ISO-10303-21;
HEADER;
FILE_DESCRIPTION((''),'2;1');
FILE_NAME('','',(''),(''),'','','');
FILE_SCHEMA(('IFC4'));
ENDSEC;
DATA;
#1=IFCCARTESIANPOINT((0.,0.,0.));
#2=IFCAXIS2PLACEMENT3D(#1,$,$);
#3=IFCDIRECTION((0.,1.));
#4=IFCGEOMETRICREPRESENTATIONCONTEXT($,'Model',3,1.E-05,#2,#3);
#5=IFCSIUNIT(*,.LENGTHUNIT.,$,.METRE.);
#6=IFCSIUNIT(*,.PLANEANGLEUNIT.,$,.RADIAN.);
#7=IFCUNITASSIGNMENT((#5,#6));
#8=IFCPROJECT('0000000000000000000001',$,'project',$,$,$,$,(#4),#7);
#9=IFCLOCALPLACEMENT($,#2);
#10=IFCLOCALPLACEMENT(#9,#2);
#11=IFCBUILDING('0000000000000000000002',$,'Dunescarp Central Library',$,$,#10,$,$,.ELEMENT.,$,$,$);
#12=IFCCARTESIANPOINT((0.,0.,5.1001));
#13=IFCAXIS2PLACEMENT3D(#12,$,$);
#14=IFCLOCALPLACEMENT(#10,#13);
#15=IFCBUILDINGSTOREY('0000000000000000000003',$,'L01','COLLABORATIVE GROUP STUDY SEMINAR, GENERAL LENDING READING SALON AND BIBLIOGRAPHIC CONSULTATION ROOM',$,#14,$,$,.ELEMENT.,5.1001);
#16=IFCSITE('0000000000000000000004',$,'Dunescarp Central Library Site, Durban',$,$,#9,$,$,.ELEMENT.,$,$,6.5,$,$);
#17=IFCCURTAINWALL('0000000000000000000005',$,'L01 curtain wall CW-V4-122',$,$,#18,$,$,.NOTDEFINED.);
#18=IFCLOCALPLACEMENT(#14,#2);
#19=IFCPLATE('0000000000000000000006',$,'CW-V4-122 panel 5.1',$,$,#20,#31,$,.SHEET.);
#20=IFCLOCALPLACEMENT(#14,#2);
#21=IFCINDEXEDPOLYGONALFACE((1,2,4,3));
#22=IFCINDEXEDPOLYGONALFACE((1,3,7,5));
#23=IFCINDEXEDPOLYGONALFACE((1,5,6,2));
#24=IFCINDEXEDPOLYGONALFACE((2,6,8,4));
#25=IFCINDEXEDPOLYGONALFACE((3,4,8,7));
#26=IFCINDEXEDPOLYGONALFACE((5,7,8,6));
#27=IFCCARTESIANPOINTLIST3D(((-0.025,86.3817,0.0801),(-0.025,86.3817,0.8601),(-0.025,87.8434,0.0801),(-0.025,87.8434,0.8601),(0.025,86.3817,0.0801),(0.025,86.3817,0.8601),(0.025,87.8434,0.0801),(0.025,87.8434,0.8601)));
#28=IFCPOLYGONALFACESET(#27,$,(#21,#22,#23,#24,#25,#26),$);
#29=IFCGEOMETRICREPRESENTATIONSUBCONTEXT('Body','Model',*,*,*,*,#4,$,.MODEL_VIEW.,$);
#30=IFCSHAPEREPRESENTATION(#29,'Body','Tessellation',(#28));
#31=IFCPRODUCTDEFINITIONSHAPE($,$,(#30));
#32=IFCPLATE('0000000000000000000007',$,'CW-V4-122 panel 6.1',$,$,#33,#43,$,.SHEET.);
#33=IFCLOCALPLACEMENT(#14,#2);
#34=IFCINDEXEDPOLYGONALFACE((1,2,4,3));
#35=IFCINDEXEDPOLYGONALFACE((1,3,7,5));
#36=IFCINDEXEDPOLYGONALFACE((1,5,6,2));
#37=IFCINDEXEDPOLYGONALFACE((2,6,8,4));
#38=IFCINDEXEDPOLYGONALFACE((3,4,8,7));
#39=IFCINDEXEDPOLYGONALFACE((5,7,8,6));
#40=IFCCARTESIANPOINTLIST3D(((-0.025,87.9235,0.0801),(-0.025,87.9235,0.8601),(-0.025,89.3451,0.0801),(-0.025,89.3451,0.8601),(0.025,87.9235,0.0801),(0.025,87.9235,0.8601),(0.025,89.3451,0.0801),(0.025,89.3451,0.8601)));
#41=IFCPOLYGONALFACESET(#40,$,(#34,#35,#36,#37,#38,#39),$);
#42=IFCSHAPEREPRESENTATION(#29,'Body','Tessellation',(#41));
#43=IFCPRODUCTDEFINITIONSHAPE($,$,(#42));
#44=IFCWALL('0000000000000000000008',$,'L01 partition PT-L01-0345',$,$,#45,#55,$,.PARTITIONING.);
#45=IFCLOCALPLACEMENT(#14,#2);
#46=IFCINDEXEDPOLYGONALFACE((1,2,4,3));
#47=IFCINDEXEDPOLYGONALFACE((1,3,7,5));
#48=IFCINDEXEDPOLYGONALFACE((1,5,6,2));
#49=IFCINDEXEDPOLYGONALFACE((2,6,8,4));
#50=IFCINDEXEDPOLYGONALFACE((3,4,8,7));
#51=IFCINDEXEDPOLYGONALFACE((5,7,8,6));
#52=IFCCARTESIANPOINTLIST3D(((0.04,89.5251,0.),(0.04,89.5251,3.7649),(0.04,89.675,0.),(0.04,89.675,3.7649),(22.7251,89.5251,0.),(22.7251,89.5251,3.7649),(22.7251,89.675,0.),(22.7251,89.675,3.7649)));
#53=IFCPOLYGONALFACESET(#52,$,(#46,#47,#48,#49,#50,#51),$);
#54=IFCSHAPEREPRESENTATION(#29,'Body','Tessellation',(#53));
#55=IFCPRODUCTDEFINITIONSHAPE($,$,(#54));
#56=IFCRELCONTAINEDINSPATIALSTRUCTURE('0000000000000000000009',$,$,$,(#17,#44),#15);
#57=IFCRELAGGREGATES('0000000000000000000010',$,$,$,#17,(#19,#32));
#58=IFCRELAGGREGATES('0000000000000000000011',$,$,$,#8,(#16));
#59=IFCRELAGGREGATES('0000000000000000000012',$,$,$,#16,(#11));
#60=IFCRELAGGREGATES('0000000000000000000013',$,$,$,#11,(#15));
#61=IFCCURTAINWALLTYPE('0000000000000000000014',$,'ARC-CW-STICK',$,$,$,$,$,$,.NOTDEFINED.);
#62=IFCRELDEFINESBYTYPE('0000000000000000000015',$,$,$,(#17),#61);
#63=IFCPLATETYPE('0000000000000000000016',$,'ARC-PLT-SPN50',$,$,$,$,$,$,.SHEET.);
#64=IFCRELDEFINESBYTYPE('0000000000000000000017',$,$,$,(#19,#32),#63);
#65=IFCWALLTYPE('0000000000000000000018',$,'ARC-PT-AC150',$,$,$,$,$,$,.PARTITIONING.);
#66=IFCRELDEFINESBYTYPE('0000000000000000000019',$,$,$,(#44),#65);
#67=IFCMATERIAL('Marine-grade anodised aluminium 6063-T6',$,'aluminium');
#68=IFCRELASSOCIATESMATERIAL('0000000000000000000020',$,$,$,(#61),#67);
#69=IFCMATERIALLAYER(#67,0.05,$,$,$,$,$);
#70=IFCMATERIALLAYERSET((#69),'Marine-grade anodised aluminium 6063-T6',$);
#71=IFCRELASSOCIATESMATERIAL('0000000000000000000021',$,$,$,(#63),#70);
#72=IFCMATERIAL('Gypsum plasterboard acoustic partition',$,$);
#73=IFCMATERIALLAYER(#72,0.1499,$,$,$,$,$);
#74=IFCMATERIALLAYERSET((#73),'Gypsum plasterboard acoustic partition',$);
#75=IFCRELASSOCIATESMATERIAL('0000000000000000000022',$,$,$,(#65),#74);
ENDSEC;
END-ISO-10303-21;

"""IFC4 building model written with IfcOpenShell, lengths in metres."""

from ifc_helpers import new_model, si_unit, direction, frame, frame_2d, origin, origin_2d, place, context, subcontext, project, spatial, rectangle, extrude, material, layer, layer_set, type_object, element, aggregate, save


model = new_model("IFC4")

# Units and contexts
model_context = context("Model", 3, precision=1e-05, world=origin(), true_north=direction((0.0, 1.0)))
body_context = subcontext(model_context, "Body", "Model", "MODEL_VIEW")
ifc_project = project(units=[si_unit("LENGTHUNIT", "METRE"), si_unit("PLANEANGLEUNIT", "RADIAN")], contexts=[model_context])

# Site, building, storey
site_placement = place(None, origin())
site = spatial("IfcSite", under=ifc_project, at=site_placement, Name="Dunescarp Central Library Site, Durban", CompositionType="ELEMENT", RefElevation=6.5)
building_placement = place(site_placement, origin())
building = spatial("IfcBuilding", under=site, at=building_placement, Name="Dunescarp Central Library", CompositionType="ELEMENT")
storey_placement = place(building_placement, frame((0.0, 0.0, 5.1001)))
storey = spatial("IfcBuildingStorey", under=building, at=storey_placement, Name="L01", Description="COLLABORATIVE GROUP STUDY SEMINAR, GENERAL LENDING READING SALON AND BIBLIOGRAPHIC CONSULTATION ROOM", CompositionType="ELEMENT", Elevation=5.1001)

# Curtain wall
ifc_material_1 = material(Name="Marine-grade anodised aluminium 6063-T6", Category="aluminium")
curtain_wall_type = type_object("IfcCurtainWallType", Name="ARC-CW-STICK", PredefinedType="NOTDEFINED", material=ifc_material_1)
curtain_wall_placement = place(storey_placement, origin())
curtain_wall = element("IfcCurtainWall", 1, at=curtain_wall_placement, inside=storey, type_object=curtain_wall_type, Name="L01 curtain wall CW-V4-122", PredefinedType="NOTDEFINED")

# Plates
ifc_layer_1 = layer(ifc_material_1, 0.05)
ifc_layer_set_1 = layer_set([ifc_layer_1], Name="Marine-grade anodised aluminium 6063-T6")
plate_type_1 = type_object("IfcPlateType", Name="ARC-PLT-SPN50", PredefinedType="SHEET", material=ifc_layer_set_1)
plate_1_placement = place(storey_placement, frame((0.0, 87.1125, 0.0801), z_axis=(0.0, 0.0, 1.0), x_axis=(0.0, 1.0, 0.0)))
plate_1 = element("IfcPlate", 2, at=plate_1_placement, type_object=plate_type_1, Name="CW-V4-122 panel 5.1", PredefinedType="SHEET", context=body_context, shape_type="SweptSolid", body=[
    extrude(rectangle(XDim=1.4617, YDim=0.05, at=origin_2d()), origin(), (0.0, 0.0, 1.0), 0.78),
])
plate_2_placement = place(storey_placement, frame((0.0, 88.6343, 0.0801), z_axis=(0.0, 0.0, 1.0), x_axis=(0.0, 1.0, 0.0)))
plate_2 = element("IfcPlate", 3, at=plate_2_placement, type_object=plate_type_1, Name="CW-V4-122 panel 6.1", PredefinedType="SHEET", context=body_context, shape_type="SweptSolid", body=[
    extrude(rectangle(XDim=1.4216, YDim=0.05, at=origin_2d()), origin(), (0.0, 0.0, 1.0), 0.78),
])
aggregate(curtain_wall, [plate_1, plate_2])

# Wall
ifc_material_2 = material(Name="Gypsum plasterboard acoustic partition")
ifc_layer_2 = layer(ifc_material_2, 0.1499)
ifc_layer_set_2 = layer_set([ifc_layer_2], Name="Gypsum plasterboard acoustic partition")
wall_type = type_object("IfcWallType", Name="ARC-PT-AC150", PredefinedType="PARTITIONING", material=ifc_layer_set_2)
wall_placement = place(storey_placement, frame((0.04, 89.6001, 0.0), z_axis=(0.0, 0.0, 1.0), x_axis=(1.0, 0.0, 0.0)))
element("IfcWall", 4, at=wall_placement, inside=storey, type_object=wall_type, Name="L01 partition PT-L01-0345", PredefinedType="PARTITIONING", context=body_context, shape_type="SweptSolid", body=[
    extrude(rectangle(XDim=22.6851, YDim=0.1499, at=frame_2d((11.3425, 0.0))), origin(), (0.0, 0.0, 1.0), 3.7649),
])

save(model, "model.ifc")
